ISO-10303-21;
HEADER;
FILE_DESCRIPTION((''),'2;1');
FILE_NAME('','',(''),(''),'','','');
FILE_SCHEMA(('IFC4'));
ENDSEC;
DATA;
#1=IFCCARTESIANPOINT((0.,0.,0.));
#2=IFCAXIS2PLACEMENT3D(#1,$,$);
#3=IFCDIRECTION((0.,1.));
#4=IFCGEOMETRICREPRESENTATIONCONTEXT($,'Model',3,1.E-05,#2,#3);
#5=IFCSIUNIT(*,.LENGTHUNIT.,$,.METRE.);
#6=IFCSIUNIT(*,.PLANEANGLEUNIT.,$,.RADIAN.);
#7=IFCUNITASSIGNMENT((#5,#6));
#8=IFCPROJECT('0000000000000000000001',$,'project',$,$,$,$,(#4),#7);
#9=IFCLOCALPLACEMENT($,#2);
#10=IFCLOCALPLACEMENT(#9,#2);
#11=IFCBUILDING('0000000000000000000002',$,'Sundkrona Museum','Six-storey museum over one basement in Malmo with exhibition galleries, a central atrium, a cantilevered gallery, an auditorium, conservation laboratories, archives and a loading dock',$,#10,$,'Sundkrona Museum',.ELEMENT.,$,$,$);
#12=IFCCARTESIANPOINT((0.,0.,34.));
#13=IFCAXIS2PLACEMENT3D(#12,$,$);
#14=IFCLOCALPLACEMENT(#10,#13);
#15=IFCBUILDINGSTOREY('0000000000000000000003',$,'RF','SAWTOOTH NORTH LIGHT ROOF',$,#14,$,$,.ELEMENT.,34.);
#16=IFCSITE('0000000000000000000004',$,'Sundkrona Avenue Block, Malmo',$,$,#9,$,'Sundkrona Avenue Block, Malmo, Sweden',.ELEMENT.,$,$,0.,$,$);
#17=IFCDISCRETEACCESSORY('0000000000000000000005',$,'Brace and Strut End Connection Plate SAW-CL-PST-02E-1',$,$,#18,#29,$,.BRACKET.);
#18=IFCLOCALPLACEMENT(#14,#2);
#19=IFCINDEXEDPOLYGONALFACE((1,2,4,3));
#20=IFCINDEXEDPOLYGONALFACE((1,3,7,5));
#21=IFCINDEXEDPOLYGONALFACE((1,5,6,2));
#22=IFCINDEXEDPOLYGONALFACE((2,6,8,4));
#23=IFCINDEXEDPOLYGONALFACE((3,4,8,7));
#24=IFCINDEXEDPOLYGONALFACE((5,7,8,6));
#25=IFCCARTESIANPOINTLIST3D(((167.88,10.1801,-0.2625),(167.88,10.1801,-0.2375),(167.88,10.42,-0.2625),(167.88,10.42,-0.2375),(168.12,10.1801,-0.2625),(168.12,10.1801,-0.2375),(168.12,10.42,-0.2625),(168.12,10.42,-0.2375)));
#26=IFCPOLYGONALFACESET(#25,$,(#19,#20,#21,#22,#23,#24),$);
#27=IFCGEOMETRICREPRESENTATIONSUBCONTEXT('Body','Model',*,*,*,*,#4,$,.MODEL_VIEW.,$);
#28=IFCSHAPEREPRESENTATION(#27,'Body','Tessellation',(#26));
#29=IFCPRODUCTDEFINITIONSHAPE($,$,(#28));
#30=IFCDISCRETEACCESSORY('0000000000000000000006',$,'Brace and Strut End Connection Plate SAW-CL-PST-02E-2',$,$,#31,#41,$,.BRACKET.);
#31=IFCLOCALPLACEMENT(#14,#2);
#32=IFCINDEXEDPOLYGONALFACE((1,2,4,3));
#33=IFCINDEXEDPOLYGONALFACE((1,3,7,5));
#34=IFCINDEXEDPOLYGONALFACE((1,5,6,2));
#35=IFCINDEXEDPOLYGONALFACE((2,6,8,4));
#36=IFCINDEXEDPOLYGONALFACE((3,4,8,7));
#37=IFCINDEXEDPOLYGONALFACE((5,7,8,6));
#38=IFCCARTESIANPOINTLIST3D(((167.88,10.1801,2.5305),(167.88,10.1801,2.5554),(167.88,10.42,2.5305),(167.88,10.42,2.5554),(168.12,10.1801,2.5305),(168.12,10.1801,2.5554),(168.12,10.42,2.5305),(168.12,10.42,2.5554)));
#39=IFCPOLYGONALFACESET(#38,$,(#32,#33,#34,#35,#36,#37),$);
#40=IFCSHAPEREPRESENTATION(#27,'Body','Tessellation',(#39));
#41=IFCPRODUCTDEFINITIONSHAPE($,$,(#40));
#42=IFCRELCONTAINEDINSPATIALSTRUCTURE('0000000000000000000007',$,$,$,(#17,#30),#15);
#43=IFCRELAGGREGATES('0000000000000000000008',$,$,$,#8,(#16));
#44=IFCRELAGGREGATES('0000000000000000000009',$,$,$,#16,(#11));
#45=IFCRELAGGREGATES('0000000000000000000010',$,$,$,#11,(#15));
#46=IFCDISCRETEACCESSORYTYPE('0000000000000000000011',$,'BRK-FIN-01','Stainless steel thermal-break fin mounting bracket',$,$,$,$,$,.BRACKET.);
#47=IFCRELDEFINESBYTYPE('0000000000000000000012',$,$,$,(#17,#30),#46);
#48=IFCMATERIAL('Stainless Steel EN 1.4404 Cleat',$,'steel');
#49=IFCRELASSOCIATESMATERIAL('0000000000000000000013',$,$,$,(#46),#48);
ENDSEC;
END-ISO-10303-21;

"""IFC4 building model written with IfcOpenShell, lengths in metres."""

from ifc_helpers import new_model, si_unit, direction, frame, origin, origin_2d, place, context, subcontext, project, spatial, rectangle, extrude, material, type_object, element, save


model = new_model("IFC4")

# Units and contexts
model_context = context("Model", 3, precision=1e-05, world=origin(), true_north=direction((0.0, 1.0)))
body_context = subcontext(model_context, "Body", "Model", "MODEL_VIEW")
ifc_project = project(units=[si_unit("LENGTHUNIT", "METRE"), si_unit("PLANEANGLEUNIT", "RADIAN")], contexts=[model_context])

# Site, building, storey
site_placement = place(None, origin())
site = spatial("IfcSite", under=ifc_project, at=site_placement, Name="Sundkrona Avenue Block, Malmo", LongName="Sundkrona Avenue Block, Malmo, Sweden", CompositionType="ELEMENT", RefElevation=0.0)
building_placement = place(site_placement, origin())
building = spatial("IfcBuilding", under=site, at=building_placement, Name="Sundkrona Museum", Description="Six-storey museum over one basement in Malmo with exhibition galleries, a central atrium, a cantilevered gallery, an auditorium, conservation laboratories, archives and a loading dock", LongName="Sundkrona Museum", CompositionType="ELEMENT")
storey_placement = place(building_placement, frame((0.0, 0.0, 34.0)))
storey = spatial("IfcBuildingStorey", under=building, at=storey_placement, Name="RF", Description="SAWTOOTH NORTH LIGHT ROOF", CompositionType="ELEMENT", Elevation=34.0)

# Discrete accessories
ifc_material_1 = material(Name="Stainless Steel EN 1.4404 Cleat", Category="steel")
discrete_accessory_type = type_object("IfcDiscreteAccessoryType", Name="BRK-FIN-01", Description="Stainless steel thermal-break fin mounting bracket", PredefinedType="BRACKET", material=ifc_material_1)
for number, where, z_axis, x_axis, name in (
    (1, (168.0, 10.3, -0.2625), (0.0, 0.0, 1.0), (1.0, 0.0, 0.0), "Brace and Strut End Connection Plate SAW-CL-PST-02E-1"),
    (2, (168.0, 10.3, 2.5305), (0.0, 0.0, 1.0), (1.0, 0.0, 0.0), "Brace and Strut End Connection Plate SAW-CL-PST-02E-2"),
):
    element("IfcDiscreteAccessory", number, at=place(storey_placement, frame(where, z_axis=z_axis, x_axis=x_axis)), inside=storey, type_object=discrete_accessory_type, Name=name, PredefinedType="BRACKET", context=body_context, shape_type="SweptSolid", body=[
        extrude(rectangle(XDim=0.24, YDim=0.24, at=origin_2d()), origin(), (0.0, 0.0, 1.0), 0.0249),
    ])

save(model, "model.ifc")
